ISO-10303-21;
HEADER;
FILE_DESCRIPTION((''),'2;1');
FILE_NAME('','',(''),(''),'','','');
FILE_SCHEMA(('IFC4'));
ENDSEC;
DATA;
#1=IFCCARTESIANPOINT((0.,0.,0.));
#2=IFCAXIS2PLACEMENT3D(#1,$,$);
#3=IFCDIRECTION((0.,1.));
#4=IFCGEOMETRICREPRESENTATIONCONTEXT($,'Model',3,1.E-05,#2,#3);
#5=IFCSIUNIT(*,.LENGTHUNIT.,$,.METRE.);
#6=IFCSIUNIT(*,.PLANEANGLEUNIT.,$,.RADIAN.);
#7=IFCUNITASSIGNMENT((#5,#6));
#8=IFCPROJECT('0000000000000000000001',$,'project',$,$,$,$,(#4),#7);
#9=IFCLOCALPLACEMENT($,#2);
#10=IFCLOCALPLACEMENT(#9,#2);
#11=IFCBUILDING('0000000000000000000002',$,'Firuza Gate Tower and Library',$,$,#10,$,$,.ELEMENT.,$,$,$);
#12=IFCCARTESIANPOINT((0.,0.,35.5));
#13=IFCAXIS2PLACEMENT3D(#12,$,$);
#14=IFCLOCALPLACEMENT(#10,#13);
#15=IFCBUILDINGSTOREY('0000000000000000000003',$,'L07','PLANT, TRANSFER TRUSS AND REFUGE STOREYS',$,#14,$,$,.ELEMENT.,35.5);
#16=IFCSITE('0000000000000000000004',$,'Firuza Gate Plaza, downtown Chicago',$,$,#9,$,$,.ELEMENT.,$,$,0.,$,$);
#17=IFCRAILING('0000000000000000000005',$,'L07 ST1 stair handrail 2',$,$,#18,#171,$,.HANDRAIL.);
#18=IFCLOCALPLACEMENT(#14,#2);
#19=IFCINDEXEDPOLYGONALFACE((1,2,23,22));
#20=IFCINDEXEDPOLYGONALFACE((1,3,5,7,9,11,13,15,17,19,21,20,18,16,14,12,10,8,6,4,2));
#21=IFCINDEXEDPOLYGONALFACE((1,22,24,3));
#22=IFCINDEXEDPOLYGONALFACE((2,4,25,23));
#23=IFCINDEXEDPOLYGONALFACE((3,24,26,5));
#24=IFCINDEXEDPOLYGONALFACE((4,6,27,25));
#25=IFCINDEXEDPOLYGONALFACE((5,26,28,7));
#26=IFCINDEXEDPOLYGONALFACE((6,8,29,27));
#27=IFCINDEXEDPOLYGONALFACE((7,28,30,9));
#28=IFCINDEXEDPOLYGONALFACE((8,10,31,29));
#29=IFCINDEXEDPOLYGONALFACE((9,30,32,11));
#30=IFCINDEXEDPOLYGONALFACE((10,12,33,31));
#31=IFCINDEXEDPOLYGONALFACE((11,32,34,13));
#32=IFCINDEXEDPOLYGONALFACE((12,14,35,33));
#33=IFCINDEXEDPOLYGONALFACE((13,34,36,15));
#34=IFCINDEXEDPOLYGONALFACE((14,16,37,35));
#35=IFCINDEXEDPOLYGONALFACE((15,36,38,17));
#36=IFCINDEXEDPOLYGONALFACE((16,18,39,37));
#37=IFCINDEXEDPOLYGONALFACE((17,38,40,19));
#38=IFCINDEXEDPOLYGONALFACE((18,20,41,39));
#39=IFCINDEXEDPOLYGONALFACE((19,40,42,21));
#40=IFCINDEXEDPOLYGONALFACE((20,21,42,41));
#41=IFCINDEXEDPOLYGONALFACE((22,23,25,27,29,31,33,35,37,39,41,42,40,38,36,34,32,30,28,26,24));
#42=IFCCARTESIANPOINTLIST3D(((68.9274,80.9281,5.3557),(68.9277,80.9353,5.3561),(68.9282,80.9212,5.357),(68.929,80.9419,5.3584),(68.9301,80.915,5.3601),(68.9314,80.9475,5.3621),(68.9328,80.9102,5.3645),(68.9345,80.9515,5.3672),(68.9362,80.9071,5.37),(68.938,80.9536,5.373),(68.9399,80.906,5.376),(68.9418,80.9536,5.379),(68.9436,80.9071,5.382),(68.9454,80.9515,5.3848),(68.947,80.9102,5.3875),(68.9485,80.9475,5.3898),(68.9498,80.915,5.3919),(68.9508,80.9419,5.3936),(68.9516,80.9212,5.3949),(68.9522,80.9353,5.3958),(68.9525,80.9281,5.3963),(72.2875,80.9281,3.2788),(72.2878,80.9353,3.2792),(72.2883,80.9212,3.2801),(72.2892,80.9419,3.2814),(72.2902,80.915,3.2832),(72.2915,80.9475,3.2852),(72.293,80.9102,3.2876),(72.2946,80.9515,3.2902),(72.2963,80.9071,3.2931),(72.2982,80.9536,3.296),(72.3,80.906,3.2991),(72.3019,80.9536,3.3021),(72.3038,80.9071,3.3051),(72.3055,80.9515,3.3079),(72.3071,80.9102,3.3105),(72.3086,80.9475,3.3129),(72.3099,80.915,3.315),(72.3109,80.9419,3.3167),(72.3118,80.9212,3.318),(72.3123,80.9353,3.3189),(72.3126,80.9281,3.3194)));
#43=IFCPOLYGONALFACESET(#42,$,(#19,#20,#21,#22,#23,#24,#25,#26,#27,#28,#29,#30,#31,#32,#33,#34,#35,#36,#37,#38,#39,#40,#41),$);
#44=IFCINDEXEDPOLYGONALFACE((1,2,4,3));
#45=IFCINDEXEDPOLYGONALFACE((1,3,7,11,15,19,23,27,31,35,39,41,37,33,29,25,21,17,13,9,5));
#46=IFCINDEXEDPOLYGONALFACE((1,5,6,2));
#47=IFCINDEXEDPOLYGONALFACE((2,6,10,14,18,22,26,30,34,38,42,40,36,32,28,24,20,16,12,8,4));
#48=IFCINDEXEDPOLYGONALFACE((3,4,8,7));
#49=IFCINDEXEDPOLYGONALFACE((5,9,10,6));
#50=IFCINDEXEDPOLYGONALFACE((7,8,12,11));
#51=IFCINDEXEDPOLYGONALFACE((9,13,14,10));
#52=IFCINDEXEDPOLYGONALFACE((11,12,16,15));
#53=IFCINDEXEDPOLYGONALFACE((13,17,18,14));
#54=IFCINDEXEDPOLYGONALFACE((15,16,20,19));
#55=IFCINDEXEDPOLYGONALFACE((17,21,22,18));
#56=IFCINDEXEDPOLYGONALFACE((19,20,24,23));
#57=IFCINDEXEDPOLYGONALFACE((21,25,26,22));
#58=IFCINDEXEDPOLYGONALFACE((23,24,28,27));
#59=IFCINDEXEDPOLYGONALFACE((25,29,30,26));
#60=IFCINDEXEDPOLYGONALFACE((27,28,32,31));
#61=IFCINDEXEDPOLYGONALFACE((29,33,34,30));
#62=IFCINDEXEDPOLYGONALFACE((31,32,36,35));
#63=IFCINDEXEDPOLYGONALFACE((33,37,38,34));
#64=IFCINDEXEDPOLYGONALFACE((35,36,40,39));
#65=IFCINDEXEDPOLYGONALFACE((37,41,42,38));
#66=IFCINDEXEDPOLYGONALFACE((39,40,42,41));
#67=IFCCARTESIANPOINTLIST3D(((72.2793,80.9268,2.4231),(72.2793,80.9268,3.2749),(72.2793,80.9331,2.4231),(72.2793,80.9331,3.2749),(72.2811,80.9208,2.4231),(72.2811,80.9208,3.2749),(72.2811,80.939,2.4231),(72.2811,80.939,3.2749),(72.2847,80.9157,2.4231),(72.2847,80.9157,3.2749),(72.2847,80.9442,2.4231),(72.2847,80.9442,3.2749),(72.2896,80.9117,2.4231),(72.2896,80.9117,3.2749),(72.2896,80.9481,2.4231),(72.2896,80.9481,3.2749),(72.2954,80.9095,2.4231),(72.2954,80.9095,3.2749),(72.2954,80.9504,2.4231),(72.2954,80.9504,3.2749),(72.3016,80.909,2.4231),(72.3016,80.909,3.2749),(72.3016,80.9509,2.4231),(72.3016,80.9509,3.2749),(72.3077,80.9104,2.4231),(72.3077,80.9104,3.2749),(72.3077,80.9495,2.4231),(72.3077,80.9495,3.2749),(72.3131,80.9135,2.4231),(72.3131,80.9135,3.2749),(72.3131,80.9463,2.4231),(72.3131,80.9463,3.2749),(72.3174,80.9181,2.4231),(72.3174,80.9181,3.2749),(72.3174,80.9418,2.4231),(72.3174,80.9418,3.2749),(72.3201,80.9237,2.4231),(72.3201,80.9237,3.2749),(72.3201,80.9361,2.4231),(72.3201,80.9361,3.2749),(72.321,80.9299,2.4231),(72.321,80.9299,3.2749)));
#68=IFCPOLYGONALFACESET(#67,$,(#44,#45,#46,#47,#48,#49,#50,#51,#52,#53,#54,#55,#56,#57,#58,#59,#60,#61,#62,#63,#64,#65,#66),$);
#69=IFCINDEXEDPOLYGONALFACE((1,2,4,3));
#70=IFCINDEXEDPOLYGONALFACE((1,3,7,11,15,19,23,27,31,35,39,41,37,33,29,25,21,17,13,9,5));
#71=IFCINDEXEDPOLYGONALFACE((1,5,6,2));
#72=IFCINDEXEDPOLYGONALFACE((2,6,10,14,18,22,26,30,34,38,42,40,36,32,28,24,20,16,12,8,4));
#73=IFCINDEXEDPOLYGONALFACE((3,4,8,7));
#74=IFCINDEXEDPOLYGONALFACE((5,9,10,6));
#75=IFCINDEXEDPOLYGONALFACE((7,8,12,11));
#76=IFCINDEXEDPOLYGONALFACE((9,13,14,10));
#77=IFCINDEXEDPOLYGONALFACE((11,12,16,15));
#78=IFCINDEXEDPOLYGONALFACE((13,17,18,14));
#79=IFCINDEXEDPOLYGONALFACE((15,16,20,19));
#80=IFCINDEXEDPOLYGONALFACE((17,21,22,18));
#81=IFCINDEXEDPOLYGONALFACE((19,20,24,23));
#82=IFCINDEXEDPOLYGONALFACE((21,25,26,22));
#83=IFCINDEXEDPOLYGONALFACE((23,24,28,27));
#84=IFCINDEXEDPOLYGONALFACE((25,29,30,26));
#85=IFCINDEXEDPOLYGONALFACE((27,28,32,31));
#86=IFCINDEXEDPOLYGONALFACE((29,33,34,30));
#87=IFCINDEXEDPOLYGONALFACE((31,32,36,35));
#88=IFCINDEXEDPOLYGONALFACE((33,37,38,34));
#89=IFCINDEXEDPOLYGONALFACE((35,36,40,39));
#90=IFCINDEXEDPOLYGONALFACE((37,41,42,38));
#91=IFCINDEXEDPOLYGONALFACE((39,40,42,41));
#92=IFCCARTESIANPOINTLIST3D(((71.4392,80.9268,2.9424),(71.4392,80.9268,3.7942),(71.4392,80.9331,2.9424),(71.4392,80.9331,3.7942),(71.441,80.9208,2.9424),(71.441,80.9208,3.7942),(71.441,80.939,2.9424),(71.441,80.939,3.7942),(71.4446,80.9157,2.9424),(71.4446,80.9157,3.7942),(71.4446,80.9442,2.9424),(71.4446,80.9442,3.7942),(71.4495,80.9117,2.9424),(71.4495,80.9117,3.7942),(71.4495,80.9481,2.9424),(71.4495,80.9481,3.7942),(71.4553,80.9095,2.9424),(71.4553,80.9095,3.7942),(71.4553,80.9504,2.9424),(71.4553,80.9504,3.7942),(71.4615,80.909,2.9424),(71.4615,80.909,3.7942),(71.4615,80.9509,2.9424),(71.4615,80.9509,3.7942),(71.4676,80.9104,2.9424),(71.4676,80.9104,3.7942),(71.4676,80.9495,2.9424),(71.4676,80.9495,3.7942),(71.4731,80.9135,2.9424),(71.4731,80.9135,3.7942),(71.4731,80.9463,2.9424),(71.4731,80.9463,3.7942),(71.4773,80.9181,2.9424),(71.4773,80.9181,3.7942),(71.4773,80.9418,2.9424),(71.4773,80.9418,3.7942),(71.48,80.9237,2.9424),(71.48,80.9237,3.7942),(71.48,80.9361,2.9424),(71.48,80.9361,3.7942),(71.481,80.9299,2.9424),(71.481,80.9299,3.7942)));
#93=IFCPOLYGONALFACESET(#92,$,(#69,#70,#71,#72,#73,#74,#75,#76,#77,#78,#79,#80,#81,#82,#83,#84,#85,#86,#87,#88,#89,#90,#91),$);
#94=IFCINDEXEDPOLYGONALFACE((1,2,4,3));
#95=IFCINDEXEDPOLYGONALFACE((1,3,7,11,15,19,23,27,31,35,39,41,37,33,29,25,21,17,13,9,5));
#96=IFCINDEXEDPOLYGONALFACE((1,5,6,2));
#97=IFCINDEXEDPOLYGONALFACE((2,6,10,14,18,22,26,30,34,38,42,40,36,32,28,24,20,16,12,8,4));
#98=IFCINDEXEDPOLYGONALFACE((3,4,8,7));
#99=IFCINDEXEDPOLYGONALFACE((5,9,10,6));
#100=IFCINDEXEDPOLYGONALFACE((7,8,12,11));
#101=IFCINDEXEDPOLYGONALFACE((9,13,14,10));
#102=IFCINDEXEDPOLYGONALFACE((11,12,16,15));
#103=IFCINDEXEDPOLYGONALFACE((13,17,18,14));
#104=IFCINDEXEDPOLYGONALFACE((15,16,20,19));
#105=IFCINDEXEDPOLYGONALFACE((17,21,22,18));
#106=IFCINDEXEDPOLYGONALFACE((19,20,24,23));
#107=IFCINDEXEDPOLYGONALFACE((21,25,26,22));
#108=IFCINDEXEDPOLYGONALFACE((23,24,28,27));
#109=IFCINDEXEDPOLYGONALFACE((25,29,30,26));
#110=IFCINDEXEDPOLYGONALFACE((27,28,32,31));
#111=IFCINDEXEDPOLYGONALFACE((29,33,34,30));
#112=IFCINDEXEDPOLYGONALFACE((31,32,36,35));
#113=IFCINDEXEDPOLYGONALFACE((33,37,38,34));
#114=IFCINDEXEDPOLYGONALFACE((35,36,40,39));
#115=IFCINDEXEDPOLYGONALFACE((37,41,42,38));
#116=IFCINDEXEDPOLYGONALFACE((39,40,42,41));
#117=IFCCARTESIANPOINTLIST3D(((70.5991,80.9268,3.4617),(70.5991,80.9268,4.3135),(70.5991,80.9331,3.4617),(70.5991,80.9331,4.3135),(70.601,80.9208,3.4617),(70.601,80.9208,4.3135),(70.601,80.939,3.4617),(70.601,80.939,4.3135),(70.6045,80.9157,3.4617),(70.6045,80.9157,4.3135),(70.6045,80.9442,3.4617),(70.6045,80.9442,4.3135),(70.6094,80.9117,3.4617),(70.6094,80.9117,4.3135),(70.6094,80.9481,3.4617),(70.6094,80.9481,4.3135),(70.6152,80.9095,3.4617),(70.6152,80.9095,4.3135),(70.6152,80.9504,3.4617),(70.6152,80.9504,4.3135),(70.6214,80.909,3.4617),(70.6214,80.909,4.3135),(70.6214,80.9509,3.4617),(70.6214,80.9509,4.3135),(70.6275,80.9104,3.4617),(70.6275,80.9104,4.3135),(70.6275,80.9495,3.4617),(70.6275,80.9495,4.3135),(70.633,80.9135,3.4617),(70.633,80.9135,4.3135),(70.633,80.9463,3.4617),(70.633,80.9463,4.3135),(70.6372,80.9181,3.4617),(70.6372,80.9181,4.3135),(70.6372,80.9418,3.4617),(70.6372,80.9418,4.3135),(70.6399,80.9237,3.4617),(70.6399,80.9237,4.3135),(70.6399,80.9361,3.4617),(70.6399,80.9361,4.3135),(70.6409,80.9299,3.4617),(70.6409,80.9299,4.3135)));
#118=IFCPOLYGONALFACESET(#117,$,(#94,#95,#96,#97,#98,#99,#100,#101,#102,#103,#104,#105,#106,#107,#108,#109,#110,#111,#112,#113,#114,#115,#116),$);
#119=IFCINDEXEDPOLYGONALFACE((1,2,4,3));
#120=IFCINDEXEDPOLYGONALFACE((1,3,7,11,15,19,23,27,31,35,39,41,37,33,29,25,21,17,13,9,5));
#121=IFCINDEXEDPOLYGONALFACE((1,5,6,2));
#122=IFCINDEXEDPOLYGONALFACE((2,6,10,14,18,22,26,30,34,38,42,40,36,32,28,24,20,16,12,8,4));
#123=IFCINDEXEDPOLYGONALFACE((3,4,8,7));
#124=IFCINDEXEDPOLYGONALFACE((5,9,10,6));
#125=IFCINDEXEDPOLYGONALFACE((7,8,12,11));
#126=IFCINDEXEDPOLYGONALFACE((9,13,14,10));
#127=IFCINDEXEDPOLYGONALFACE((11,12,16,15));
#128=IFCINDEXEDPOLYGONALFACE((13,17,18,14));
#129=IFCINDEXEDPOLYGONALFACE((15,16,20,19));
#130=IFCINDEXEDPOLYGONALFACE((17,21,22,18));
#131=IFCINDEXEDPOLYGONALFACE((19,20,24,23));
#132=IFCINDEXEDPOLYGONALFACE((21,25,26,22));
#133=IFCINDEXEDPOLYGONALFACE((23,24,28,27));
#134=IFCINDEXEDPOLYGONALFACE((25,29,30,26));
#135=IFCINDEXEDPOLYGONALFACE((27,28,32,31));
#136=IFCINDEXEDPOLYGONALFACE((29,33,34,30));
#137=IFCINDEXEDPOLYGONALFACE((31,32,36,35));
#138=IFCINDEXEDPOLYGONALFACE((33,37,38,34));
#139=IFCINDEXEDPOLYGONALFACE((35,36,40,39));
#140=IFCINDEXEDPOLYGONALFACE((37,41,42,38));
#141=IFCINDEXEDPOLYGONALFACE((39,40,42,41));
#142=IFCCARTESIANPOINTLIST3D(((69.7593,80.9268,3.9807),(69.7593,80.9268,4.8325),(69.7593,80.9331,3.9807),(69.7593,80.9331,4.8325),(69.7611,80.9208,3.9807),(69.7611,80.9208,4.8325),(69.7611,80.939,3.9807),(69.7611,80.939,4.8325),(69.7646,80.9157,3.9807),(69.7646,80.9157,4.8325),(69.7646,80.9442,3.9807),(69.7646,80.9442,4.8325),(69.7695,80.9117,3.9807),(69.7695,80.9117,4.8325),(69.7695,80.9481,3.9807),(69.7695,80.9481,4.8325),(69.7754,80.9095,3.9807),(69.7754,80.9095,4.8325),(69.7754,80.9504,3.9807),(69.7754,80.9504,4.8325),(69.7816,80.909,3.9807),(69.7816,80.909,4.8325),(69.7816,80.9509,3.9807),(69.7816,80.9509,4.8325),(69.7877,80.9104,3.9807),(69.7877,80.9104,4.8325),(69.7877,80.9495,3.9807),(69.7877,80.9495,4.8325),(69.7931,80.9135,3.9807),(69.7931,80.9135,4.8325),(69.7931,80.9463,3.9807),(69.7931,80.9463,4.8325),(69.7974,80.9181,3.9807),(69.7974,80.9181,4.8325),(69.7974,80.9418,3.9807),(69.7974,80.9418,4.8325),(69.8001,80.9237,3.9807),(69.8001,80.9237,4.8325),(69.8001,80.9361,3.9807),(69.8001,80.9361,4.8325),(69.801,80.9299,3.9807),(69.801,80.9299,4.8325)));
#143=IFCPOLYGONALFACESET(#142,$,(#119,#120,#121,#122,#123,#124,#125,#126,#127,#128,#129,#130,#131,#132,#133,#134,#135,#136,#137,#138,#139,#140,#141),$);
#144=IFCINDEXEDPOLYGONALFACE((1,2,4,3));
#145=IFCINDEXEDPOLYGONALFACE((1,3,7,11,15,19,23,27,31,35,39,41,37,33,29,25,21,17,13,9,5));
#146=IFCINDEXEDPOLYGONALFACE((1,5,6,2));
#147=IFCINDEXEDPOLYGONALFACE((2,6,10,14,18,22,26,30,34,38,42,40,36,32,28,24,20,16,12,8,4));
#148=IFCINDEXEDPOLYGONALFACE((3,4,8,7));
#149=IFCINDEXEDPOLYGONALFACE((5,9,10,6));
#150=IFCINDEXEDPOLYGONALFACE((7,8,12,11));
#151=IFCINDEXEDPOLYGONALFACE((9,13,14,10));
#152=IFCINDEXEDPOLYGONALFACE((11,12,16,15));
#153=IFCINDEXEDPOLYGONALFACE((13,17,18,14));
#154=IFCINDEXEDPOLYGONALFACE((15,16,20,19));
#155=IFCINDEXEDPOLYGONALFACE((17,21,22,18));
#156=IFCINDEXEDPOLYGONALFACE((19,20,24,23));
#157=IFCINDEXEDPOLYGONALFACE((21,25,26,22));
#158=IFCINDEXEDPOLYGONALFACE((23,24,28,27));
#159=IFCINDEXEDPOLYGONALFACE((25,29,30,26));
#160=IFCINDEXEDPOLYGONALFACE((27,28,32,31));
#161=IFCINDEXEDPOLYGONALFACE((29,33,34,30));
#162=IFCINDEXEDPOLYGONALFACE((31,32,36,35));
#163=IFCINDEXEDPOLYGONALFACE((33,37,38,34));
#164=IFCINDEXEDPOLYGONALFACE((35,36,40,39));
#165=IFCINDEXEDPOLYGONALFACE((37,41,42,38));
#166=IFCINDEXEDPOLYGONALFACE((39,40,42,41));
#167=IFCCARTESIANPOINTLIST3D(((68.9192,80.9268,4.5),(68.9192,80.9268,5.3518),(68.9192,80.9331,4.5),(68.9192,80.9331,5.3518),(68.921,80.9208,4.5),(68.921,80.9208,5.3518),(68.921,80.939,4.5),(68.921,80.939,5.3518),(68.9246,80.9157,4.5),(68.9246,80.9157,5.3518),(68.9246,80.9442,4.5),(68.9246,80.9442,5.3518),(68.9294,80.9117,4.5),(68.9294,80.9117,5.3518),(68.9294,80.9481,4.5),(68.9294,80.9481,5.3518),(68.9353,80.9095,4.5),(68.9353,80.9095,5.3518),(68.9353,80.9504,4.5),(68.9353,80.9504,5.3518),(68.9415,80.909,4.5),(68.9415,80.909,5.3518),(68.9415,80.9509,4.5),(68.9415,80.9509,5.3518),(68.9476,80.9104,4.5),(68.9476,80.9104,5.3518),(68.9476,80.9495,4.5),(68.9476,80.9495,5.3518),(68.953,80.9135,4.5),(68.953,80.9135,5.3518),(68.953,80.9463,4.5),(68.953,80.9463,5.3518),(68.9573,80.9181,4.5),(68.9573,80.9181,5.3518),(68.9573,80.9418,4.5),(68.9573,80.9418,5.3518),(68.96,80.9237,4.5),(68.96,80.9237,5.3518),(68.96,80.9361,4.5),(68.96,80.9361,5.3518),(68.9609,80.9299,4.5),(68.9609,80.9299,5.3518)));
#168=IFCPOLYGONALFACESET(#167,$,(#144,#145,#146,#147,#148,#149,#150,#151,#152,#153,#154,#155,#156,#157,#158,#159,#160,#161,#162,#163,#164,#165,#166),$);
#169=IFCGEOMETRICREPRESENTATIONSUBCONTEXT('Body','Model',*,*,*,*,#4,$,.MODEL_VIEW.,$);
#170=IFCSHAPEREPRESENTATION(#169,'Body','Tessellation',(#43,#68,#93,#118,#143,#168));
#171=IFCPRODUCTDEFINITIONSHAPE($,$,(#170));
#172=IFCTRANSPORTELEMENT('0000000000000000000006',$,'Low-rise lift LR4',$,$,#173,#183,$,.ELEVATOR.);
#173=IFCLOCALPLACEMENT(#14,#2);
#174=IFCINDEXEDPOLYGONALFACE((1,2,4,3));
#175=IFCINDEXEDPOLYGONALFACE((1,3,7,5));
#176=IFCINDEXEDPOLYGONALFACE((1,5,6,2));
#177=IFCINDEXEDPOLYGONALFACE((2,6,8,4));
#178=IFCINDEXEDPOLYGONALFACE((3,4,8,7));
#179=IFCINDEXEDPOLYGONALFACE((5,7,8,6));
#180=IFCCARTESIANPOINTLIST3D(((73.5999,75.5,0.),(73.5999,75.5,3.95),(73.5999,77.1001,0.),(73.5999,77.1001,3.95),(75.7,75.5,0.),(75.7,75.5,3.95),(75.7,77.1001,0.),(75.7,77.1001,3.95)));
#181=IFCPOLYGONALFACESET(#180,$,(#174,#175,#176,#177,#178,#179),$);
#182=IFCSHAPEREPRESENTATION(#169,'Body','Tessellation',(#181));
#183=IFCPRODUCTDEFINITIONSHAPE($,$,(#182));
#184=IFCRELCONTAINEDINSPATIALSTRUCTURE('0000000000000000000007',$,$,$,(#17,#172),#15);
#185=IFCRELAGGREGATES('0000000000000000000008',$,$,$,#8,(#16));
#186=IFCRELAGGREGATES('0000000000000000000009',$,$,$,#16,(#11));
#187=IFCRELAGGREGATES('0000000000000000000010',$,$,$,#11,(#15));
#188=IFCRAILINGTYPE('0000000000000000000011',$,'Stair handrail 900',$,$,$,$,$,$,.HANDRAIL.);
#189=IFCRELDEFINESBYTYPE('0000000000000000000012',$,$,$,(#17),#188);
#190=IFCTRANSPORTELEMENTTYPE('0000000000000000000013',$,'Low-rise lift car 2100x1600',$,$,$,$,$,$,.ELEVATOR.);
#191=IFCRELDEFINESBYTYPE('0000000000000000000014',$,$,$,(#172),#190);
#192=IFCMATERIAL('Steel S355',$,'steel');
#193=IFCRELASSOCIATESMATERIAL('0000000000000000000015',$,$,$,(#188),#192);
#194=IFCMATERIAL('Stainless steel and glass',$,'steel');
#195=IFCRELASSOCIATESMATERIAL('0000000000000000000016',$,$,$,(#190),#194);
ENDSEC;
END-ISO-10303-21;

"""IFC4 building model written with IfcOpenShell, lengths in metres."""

from ifc_helpers import new_model, si_unit, direction, frame, origin, origin_2d, place, context, subcontext, project, spatial, rectangle, circle, extrude, material, type_object, element, save


model = new_model("IFC4")

# Units and contexts
model_context = context("Model", 3, precision=1e-05, world=origin(), true_north=direction((0.0, 1.0)))
body_context = subcontext(model_context, "Body", "Model", "MODEL_VIEW")
ifc_project = project(units=[si_unit("LENGTHUNIT", "METRE"), si_unit("PLANEANGLEUNIT", "RADIAN")], contexts=[model_context])

# Site, building, storey
site_placement = place(None, origin())
site = spatial("IfcSite", under=ifc_project, at=site_placement, Name="Firuza Gate Plaza, downtown Chicago", CompositionType="ELEMENT", RefElevation=0.0)
building_placement = place(site_placement, origin())
building = spatial("IfcBuilding", under=site, at=building_placement, Name="Firuza Gate Tower and Library", CompositionType="ELEMENT")
storey_placement = place(building_placement, frame((0.0, 0.0, 35.5)))
storey = spatial("IfcBuildingStorey", under=building, at=storey_placement, Name="L07", Description="PLANT, TRANSFER TRUSS AND REFUGE STOREYS", CompositionType="ELEMENT", Elevation=35.5)

# Railing
ifc_material_1 = material(Name="Steel S355", Category="steel")
railing_type_1 = type_object("IfcRailingType", Name="Stair handrail 900", PredefinedType="HANDRAIL", material=ifc_material_1)
railing_1_placement = place(storey_placement, frame((72.3, 80.9299, 2.4231)))
element("IfcRailing", 1, at=railing_1_placement, inside=storey, type_object=railing_type_1, Name="L07 ST1 stair handrail 2", PredefinedType="HANDRAIL", context=body_context, shape_type="SweptSolid", body=[
    extrude(circle(Radius=0.0239, at=origin_2d()), frame((0.0, 0.0, 0.876), z_axis=(-0.850623, 0.0, 0.525776), x_axis=(0.0, -1.0, 0.0)), (0.0, 0.0, 1.0), 3.9502),
    extrude(circle(Radius=0.021, at=origin_2d()), origin(), (0.0, 0.0, 1.0), 0.8518),
    extrude(circle(Radius=0.021, at=origin_2d()), frame((-0.8401, 0.0, 0.5193)), (0.0, 0.0, 1.0), 0.8518),
    extrude(circle(Radius=0.021, at=origin_2d()), frame((-1.6802, 0.0, 1.0386)), (0.0, 0.0, 1.0), 0.8518),
    extrude(circle(Radius=0.021, at=origin_2d()), frame((-2.52, 0.0, 1.5576)), (0.0, 0.0, 1.0), 0.8518),
    extrude(circle(Radius=0.021, at=origin_2d()), frame((-3.3601, 0.0, 2.0769)), (0.0, 0.0, 1.0), 0.8518),
])

# Transport element
ifc_material_2 = material(Name="Stainless steel and glass", Category="steel")
transport_element_type = type_object("IfcTransportElementType", Name="Low-rise lift car 2100x1600", PredefinedType="ELEVATOR", material=ifc_material_2)
transport_element_placement = place(storey_placement, frame((74.6499, 76.3, 0.0), z_axis=(0.0, 0.0, 1.0), x_axis=(1.0, 0.0, 0.0)))
element("IfcTransportElement", 2, at=transport_element_placement, inside=storey, type_object=transport_element_type, Name="Low-rise lift LR4", PredefinedType="ELEVATOR", context=body_context, shape_type="SweptSolid", body=[
    extrude(rectangle(XDim=2.1001, YDim=1.6001, at=origin_2d()), origin(), (0.0, 0.0, 1.0), 3.95),
])

save(model, "model.ifc")
